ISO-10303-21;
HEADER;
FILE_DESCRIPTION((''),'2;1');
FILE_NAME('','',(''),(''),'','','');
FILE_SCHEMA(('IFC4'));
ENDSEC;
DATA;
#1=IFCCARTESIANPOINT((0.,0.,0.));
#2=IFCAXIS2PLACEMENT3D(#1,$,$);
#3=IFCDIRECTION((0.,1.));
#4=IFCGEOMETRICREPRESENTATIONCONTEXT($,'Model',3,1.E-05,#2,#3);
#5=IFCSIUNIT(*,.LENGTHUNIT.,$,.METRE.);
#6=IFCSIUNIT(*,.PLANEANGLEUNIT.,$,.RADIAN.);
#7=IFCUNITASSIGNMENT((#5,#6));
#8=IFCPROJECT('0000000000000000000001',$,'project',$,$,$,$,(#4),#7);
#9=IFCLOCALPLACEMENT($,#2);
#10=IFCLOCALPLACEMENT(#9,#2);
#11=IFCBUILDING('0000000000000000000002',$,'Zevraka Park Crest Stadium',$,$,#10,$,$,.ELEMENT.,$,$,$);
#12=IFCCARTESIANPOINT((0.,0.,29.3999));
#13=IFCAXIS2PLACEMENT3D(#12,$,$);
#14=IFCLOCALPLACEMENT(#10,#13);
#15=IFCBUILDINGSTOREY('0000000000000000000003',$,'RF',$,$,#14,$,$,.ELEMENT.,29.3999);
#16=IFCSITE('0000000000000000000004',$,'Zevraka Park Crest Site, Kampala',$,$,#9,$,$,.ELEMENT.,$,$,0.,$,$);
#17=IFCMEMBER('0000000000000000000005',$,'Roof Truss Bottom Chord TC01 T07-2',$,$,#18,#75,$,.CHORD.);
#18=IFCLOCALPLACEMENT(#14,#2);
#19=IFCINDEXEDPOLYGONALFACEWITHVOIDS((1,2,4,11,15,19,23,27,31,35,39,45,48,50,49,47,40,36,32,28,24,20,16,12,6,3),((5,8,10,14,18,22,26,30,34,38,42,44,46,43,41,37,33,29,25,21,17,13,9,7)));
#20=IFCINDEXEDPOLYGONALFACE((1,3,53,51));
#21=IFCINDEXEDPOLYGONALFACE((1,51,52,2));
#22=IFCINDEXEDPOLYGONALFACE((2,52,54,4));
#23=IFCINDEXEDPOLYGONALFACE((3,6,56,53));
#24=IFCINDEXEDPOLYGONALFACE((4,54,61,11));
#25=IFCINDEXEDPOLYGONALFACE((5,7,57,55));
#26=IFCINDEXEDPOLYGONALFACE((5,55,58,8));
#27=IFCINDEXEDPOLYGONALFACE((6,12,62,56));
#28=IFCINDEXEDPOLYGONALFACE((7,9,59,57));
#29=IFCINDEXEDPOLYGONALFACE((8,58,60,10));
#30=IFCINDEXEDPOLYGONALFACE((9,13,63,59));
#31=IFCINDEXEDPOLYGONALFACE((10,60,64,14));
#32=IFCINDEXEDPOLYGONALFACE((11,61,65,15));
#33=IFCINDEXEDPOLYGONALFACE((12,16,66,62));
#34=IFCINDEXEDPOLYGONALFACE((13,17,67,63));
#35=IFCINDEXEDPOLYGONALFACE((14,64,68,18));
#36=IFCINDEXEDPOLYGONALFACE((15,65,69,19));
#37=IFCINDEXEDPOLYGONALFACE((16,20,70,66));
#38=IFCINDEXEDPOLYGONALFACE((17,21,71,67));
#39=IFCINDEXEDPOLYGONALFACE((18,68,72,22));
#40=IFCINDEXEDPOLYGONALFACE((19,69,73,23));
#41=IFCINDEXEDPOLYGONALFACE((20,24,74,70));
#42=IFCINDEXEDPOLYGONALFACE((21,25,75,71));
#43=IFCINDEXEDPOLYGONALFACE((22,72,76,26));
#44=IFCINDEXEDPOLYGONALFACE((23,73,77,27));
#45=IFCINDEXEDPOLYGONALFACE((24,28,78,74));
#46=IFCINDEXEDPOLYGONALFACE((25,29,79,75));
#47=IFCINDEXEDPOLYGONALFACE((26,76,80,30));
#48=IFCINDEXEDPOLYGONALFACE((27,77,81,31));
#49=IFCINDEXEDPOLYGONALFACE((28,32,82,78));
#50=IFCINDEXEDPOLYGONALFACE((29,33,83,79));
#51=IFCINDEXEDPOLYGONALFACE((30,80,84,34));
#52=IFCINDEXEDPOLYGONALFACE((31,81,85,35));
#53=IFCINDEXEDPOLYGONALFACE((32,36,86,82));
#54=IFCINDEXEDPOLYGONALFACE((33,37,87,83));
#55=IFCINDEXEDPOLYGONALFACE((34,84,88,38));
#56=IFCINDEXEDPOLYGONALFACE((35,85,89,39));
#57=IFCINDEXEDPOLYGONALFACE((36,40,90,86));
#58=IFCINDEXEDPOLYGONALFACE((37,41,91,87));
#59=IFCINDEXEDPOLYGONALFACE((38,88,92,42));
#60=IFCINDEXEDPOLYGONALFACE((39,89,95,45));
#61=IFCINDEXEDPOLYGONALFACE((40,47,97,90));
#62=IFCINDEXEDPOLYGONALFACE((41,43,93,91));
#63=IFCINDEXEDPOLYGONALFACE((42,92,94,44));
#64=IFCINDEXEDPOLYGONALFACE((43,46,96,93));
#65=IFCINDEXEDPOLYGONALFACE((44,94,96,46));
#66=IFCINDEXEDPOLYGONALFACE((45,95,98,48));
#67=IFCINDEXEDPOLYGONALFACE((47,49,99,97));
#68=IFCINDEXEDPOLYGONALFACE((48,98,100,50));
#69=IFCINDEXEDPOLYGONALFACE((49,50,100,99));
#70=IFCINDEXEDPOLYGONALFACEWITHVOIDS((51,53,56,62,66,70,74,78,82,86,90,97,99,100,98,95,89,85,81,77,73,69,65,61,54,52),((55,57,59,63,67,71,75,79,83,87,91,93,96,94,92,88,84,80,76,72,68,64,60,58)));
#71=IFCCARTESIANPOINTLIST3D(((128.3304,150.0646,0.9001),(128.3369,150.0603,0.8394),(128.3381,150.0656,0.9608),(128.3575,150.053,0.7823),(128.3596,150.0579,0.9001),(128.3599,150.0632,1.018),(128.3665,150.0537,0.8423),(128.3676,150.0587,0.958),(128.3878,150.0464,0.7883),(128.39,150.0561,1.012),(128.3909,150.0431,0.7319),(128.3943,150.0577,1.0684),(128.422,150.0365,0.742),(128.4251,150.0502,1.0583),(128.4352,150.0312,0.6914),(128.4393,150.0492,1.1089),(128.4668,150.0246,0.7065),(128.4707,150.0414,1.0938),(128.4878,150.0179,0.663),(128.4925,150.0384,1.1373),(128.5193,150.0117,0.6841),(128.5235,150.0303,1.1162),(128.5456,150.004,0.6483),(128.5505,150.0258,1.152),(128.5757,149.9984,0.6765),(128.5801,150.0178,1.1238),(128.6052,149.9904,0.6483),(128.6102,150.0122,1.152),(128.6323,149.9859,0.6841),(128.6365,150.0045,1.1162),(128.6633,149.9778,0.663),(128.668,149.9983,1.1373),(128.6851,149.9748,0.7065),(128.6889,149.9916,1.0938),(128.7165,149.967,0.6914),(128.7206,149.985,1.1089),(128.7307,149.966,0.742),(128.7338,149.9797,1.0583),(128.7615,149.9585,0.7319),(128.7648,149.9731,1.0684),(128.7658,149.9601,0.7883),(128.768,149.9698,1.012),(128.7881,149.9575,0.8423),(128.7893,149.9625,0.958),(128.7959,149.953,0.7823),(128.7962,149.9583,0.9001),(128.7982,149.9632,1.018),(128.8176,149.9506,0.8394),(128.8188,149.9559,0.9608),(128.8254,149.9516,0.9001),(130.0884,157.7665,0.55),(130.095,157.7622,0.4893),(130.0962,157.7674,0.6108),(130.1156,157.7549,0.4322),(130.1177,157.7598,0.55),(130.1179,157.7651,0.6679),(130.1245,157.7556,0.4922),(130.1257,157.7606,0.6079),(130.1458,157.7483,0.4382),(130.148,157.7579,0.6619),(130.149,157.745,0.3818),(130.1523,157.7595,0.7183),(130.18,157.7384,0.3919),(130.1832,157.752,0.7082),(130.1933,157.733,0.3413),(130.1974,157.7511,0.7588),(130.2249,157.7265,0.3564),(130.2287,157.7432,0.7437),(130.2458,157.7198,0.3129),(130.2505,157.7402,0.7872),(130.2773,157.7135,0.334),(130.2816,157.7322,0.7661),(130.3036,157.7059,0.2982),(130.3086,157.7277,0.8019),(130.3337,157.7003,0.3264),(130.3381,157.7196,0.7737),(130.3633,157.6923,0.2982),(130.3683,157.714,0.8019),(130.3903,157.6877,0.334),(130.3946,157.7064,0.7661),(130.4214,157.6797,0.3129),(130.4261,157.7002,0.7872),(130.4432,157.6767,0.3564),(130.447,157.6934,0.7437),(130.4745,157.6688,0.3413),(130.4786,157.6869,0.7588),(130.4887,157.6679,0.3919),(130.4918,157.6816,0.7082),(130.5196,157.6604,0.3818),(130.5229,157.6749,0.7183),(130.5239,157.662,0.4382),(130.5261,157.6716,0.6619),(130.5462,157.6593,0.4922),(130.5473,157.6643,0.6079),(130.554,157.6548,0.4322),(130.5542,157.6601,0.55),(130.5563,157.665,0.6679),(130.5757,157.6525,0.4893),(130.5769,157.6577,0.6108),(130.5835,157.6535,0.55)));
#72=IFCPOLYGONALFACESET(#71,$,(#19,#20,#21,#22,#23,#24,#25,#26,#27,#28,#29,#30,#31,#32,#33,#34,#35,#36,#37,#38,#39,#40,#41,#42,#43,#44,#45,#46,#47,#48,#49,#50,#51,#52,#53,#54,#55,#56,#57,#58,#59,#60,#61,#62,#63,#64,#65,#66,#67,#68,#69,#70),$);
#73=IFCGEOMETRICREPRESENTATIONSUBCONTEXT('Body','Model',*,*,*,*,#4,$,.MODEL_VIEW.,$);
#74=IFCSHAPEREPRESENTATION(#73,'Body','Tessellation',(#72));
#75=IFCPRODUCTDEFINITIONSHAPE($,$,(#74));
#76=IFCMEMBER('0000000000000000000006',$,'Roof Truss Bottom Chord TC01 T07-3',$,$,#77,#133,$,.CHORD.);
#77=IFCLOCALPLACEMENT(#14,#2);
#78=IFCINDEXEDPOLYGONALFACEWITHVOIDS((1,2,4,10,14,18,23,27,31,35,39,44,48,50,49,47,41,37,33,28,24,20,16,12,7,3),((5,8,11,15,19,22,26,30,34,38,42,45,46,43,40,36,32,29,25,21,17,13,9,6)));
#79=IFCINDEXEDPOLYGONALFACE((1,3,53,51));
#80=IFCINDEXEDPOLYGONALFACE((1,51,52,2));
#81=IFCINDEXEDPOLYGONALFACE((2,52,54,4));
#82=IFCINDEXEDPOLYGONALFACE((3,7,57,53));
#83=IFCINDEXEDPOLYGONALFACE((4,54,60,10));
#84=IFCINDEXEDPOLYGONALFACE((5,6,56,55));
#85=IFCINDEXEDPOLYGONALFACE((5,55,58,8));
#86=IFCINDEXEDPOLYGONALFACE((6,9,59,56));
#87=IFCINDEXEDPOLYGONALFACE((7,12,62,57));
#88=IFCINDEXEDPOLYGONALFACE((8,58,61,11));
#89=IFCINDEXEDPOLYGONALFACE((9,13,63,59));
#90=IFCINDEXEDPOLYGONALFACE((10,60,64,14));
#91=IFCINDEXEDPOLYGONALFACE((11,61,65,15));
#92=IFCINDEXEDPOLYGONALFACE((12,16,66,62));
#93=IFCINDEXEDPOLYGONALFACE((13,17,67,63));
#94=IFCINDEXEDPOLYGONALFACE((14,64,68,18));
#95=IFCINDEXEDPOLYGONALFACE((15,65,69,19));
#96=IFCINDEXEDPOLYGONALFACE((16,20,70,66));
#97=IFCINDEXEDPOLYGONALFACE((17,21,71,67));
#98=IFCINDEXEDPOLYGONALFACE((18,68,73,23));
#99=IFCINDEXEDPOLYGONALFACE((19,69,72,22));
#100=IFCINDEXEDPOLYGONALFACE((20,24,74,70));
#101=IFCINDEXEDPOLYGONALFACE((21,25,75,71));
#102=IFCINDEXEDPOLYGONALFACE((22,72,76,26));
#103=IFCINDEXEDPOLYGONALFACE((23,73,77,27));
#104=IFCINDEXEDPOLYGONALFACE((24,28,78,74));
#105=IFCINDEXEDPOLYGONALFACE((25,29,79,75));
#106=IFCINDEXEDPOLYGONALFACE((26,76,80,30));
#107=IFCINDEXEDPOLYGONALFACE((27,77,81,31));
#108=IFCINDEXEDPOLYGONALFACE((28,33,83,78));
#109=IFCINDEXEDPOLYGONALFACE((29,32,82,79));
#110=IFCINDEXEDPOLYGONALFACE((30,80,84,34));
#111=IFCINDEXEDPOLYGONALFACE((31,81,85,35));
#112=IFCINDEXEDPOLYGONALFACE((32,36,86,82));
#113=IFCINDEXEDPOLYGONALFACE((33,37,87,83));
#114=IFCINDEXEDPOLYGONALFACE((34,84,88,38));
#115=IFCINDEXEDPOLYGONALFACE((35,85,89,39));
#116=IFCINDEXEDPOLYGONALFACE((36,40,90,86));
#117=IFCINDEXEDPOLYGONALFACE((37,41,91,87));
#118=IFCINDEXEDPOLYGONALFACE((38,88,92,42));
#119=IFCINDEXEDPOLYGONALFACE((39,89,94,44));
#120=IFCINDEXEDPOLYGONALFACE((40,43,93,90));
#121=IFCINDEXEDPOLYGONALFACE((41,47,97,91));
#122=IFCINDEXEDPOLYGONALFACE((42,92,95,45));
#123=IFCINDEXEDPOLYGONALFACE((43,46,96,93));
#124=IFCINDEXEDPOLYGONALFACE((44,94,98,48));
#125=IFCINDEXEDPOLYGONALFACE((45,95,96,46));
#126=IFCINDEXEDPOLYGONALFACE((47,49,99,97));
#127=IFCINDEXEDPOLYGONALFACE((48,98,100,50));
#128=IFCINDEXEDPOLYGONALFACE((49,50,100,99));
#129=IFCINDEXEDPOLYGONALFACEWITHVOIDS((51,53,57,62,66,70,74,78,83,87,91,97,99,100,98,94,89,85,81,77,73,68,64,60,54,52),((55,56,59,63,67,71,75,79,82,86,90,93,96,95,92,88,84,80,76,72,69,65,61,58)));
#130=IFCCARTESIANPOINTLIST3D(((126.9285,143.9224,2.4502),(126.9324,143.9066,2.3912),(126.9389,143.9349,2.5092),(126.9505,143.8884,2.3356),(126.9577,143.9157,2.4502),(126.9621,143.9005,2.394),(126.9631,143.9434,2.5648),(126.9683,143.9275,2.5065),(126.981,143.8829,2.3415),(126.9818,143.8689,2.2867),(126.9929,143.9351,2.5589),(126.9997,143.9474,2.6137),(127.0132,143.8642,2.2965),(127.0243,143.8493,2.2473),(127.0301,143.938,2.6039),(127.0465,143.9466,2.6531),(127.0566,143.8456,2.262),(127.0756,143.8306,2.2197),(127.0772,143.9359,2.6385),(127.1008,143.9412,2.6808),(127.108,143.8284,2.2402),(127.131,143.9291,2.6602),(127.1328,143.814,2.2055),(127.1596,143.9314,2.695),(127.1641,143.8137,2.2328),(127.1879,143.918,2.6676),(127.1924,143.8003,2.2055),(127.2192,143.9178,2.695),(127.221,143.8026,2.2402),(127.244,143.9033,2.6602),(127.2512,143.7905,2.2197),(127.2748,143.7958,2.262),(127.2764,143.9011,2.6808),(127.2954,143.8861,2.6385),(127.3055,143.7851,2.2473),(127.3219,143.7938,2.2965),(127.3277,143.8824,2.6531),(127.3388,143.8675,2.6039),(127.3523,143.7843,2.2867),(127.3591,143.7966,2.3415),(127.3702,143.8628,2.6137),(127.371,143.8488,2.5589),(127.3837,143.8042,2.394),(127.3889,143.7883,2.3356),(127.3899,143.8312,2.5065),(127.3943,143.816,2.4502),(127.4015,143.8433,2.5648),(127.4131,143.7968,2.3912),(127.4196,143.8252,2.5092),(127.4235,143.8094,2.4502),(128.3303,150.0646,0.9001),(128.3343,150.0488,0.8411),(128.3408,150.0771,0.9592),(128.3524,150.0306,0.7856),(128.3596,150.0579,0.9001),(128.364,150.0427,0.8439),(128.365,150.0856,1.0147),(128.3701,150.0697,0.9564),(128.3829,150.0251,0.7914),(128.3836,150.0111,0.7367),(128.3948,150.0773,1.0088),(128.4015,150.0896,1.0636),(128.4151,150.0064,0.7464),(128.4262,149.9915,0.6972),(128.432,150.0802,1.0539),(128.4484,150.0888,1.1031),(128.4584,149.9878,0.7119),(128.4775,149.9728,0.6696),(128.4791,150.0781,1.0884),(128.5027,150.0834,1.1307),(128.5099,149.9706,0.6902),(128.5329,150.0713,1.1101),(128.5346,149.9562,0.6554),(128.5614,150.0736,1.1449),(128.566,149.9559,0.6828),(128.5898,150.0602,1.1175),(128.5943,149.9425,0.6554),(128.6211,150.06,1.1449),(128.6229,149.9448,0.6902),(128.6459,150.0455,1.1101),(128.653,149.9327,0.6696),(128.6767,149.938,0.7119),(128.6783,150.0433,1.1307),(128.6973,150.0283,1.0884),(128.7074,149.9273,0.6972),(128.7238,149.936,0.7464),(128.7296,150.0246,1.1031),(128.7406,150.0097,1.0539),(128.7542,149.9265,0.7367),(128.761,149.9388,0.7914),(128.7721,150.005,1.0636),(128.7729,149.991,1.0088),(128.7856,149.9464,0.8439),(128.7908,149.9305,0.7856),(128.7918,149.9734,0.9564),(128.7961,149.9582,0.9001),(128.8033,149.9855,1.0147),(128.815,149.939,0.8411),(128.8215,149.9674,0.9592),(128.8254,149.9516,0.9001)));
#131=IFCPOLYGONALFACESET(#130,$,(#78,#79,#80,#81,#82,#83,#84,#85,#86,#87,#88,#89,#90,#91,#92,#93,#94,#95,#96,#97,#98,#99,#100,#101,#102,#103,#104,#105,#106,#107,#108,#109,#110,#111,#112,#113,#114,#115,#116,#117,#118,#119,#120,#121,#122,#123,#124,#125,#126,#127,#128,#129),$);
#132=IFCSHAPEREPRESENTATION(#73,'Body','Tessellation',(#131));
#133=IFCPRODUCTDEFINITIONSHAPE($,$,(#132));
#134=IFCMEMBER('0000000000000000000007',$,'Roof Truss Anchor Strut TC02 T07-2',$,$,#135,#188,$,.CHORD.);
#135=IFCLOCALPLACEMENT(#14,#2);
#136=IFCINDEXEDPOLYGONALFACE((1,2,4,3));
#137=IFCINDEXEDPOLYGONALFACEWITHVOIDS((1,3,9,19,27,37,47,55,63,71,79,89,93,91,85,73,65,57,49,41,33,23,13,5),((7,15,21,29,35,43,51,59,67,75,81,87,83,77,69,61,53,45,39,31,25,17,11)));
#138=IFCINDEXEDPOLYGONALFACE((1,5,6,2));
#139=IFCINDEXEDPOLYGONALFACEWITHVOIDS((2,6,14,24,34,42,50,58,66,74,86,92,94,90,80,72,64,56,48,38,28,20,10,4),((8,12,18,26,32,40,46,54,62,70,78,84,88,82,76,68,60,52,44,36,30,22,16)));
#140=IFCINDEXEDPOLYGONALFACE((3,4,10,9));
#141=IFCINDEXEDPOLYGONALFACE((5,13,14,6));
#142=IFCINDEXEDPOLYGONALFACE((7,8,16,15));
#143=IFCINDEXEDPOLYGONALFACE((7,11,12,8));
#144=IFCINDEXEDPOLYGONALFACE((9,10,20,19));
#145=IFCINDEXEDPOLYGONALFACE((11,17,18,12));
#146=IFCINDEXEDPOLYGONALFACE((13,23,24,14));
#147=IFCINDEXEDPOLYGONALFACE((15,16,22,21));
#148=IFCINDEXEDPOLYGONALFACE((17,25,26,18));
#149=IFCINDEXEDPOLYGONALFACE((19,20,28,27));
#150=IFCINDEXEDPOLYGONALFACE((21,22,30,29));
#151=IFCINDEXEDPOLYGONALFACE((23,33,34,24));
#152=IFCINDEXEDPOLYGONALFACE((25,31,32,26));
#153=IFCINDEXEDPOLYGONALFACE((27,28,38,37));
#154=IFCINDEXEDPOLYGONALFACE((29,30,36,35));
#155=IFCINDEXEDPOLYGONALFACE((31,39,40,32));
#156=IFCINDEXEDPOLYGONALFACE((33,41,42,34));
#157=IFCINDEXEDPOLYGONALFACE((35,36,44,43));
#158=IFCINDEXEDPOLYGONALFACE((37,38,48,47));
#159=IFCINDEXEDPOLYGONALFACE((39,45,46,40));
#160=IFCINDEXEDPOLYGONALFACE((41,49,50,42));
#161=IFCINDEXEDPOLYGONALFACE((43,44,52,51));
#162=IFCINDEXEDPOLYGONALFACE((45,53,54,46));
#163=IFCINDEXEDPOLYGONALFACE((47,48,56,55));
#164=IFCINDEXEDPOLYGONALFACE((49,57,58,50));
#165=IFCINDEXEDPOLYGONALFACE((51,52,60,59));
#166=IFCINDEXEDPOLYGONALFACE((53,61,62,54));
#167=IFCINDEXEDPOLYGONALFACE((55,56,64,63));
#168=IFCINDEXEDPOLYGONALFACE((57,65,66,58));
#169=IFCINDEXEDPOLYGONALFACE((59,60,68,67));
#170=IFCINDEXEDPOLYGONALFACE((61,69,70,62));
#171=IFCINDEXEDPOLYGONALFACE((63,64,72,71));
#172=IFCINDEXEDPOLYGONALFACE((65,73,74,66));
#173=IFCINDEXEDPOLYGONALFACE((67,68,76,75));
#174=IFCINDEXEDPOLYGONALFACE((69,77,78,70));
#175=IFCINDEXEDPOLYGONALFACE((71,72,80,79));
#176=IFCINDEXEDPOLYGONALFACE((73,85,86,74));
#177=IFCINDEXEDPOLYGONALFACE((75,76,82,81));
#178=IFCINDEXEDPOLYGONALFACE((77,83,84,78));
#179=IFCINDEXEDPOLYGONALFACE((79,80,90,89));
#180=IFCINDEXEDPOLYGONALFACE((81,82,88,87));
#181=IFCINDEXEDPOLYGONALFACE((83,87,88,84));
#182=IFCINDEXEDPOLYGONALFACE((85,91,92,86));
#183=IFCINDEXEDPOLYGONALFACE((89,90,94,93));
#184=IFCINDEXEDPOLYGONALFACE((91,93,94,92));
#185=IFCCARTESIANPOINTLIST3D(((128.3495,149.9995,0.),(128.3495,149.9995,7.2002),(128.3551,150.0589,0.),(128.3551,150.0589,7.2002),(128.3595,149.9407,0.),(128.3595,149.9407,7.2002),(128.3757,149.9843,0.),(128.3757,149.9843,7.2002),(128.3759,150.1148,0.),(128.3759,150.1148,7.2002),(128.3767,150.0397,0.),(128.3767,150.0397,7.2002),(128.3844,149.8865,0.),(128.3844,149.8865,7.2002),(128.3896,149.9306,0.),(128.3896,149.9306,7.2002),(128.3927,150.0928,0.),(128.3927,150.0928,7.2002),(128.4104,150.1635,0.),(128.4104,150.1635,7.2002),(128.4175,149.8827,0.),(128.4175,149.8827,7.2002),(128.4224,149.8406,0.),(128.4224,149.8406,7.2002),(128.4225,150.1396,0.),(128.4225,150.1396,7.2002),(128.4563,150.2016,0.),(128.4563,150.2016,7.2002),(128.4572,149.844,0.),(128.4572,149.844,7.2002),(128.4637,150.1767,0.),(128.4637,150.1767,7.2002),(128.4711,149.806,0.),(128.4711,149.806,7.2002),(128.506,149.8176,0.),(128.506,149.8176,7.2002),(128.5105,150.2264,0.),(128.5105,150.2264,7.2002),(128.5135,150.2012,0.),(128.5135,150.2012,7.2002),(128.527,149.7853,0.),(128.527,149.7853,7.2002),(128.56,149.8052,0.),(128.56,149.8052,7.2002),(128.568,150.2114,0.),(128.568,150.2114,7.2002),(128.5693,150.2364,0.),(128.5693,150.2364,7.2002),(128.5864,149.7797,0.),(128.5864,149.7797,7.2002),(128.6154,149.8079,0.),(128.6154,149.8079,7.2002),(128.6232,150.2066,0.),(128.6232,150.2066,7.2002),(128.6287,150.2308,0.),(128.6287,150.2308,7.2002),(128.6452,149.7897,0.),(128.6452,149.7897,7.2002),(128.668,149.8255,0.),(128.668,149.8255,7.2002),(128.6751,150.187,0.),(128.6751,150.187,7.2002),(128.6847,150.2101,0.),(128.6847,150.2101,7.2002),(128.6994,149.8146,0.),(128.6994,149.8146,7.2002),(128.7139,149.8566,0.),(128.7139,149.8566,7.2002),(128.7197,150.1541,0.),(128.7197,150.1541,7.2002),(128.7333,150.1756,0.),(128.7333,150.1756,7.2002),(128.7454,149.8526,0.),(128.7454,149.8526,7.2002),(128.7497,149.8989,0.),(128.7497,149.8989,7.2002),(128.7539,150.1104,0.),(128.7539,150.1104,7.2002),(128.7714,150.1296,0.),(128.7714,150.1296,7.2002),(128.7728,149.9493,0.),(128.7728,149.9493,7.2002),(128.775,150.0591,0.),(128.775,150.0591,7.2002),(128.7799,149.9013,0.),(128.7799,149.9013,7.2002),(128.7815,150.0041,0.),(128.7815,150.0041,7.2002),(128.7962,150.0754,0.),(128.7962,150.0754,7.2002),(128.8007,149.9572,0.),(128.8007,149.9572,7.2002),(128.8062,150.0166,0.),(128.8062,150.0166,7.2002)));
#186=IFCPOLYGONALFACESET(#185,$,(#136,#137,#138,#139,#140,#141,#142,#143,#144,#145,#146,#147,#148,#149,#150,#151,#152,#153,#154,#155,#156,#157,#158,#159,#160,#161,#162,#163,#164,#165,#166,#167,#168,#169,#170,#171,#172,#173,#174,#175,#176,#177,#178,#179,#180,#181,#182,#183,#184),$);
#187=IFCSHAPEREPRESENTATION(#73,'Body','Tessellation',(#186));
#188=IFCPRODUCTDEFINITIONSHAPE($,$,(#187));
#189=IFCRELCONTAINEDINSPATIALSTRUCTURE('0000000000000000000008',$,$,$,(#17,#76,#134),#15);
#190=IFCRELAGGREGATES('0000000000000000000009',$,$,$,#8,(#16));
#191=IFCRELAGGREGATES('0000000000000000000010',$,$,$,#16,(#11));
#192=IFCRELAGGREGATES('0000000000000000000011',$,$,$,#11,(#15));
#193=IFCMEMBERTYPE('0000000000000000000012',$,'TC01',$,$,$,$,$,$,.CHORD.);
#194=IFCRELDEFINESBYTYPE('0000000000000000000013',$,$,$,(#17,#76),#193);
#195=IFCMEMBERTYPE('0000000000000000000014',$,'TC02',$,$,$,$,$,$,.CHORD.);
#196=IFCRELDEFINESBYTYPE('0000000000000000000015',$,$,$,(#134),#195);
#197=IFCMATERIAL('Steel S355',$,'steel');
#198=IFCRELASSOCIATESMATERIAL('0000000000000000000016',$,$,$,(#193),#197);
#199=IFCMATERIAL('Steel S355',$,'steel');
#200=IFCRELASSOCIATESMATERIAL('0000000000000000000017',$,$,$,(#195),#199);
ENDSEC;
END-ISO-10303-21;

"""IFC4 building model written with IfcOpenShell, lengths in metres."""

from ifc_helpers import new_model, si_unit, direction, frame, origin, origin_2d, place, context, subcontext, project, spatial, hollow_circle, extrude, material, material_profile, profile_set, type_object, element, save


model = new_model("IFC4")

# Units and contexts
model_context = context("Model", 3, precision=1e-05, world=origin(), true_north=direction((0.0, 1.0)))
body_context = subcontext(model_context, "Body", "Model", "MODEL_VIEW")
ifc_project = project(units=[si_unit("LENGTHUNIT", "METRE"), si_unit("PLANEANGLEUNIT", "RADIAN")], contexts=[model_context])

# Site, building, storey
site_placement = place(None, origin())
site = spatial("IfcSite", under=ifc_project, at=site_placement, Name="Zevraka Park Crest Site, Kampala", CompositionType="ELEMENT", RefElevation=0.0)
building_placement = place(site_placement, origin())
building = spatial("IfcBuilding", under=site, at=building_placement, Name="Zevraka Park Crest Stadium", CompositionType="ELEMENT")
storey_placement = place(building_placement, frame((0.0, 0.0, 29.3999)))
storey = spatial("IfcBuildingStorey", under=building, at=storey_placement, Name="RF", CompositionType="ELEMENT", Elevation=29.3999)

# Members
ifc_material_1 = material(Name="Steel S355", Category="steel")
ifc_material_profile_1 = material_profile(ifc_material_1, hollow_circle(Radius=0.2539, WallThickness=0.03, at=origin_2d()), Name="CHS 508.0x30")
ifc_profile_set_1 = profile_set([ifc_material_profile_1], Name="Steel S355")
member_type_1 = type_object("IfcMemberType", Name="TC01", PredefinedType="CHORD", material=ifc_profile_set_1)
member_1_placement = place(storey_placement, frame((130.3359, 157.71, 0.55), z_axis=(-0.22232, -0.973968, 0.044273), x_axis=(0.974924, -0.222539, 0.0)))
element("IfcMember", 1, at=member_1_placement, inside=storey, type_object=member_type_1, Name="Roof Truss Bottom Chord TC01 T07-2", PredefinedType="CHORD", context=body_context, shape_type="SweptSolid", body=[
    extrude(hollow_circle(Radius=0.2539, WallThickness=0.03, at=origin_2d()), origin(), (0.0, 0.0, 1.0), 7.9077),
])
member_2_placement = place(storey_placement, frame((128.5779, 150.0081, 0.9001), z_axis=(-0.216072, -0.946696, 0.238913), x_axis=(0.974929, -0.222515, 0.0)))
element("IfcMember", 2, at=member_2_placement, inside=storey, type_object=member_type_1, Name="Roof Truss Bottom Chord TC01 T07-3", PredefinedType="CHORD", context=body_context, shape_type="SweptSolid", body=[
    extrude(hollow_circle(Radius=0.2539, WallThickness=0.03, at=origin_2d()), origin(), (0.0, 0.0, 1.0), 6.488),
])
ifc_material_2 = material(Name="Steel S355", Category="steel")
ifc_material_profile_2 = material_profile(ifc_material_2, hollow_circle(Radius=0.2285, WallThickness=0.0249, at=origin_2d()), Name="CHS 457.0x25")
ifc_profile_set_2 = profile_set([ifc_material_profile_2], Name="Steel S355")
member_type_2 = type_object("IfcMemberType", Name="TC02", PredefinedType="CHORD", material=ifc_profile_set_2)
member_3_placement = place(storey_placement, frame((128.5779, 150.0081, 0.0), z_axis=(0.0, 0.0, 1.0), x_axis=(0.22257, 0.974917, 0.0)))
element("IfcMember", 3, at=member_3_placement, inside=storey, type_object=member_type_2, Name="Roof Truss Anchor Strut TC02 T07-2", PredefinedType="CHORD", context=body_context, shape_type="SweptSolid", body=[
    extrude(hollow_circle(Radius=0.2285, WallThickness=0.0249, at=origin_2d()), origin(), (0.0, 0.0, 1.0), 7.2002),
])

save(model, "model.ifc")
